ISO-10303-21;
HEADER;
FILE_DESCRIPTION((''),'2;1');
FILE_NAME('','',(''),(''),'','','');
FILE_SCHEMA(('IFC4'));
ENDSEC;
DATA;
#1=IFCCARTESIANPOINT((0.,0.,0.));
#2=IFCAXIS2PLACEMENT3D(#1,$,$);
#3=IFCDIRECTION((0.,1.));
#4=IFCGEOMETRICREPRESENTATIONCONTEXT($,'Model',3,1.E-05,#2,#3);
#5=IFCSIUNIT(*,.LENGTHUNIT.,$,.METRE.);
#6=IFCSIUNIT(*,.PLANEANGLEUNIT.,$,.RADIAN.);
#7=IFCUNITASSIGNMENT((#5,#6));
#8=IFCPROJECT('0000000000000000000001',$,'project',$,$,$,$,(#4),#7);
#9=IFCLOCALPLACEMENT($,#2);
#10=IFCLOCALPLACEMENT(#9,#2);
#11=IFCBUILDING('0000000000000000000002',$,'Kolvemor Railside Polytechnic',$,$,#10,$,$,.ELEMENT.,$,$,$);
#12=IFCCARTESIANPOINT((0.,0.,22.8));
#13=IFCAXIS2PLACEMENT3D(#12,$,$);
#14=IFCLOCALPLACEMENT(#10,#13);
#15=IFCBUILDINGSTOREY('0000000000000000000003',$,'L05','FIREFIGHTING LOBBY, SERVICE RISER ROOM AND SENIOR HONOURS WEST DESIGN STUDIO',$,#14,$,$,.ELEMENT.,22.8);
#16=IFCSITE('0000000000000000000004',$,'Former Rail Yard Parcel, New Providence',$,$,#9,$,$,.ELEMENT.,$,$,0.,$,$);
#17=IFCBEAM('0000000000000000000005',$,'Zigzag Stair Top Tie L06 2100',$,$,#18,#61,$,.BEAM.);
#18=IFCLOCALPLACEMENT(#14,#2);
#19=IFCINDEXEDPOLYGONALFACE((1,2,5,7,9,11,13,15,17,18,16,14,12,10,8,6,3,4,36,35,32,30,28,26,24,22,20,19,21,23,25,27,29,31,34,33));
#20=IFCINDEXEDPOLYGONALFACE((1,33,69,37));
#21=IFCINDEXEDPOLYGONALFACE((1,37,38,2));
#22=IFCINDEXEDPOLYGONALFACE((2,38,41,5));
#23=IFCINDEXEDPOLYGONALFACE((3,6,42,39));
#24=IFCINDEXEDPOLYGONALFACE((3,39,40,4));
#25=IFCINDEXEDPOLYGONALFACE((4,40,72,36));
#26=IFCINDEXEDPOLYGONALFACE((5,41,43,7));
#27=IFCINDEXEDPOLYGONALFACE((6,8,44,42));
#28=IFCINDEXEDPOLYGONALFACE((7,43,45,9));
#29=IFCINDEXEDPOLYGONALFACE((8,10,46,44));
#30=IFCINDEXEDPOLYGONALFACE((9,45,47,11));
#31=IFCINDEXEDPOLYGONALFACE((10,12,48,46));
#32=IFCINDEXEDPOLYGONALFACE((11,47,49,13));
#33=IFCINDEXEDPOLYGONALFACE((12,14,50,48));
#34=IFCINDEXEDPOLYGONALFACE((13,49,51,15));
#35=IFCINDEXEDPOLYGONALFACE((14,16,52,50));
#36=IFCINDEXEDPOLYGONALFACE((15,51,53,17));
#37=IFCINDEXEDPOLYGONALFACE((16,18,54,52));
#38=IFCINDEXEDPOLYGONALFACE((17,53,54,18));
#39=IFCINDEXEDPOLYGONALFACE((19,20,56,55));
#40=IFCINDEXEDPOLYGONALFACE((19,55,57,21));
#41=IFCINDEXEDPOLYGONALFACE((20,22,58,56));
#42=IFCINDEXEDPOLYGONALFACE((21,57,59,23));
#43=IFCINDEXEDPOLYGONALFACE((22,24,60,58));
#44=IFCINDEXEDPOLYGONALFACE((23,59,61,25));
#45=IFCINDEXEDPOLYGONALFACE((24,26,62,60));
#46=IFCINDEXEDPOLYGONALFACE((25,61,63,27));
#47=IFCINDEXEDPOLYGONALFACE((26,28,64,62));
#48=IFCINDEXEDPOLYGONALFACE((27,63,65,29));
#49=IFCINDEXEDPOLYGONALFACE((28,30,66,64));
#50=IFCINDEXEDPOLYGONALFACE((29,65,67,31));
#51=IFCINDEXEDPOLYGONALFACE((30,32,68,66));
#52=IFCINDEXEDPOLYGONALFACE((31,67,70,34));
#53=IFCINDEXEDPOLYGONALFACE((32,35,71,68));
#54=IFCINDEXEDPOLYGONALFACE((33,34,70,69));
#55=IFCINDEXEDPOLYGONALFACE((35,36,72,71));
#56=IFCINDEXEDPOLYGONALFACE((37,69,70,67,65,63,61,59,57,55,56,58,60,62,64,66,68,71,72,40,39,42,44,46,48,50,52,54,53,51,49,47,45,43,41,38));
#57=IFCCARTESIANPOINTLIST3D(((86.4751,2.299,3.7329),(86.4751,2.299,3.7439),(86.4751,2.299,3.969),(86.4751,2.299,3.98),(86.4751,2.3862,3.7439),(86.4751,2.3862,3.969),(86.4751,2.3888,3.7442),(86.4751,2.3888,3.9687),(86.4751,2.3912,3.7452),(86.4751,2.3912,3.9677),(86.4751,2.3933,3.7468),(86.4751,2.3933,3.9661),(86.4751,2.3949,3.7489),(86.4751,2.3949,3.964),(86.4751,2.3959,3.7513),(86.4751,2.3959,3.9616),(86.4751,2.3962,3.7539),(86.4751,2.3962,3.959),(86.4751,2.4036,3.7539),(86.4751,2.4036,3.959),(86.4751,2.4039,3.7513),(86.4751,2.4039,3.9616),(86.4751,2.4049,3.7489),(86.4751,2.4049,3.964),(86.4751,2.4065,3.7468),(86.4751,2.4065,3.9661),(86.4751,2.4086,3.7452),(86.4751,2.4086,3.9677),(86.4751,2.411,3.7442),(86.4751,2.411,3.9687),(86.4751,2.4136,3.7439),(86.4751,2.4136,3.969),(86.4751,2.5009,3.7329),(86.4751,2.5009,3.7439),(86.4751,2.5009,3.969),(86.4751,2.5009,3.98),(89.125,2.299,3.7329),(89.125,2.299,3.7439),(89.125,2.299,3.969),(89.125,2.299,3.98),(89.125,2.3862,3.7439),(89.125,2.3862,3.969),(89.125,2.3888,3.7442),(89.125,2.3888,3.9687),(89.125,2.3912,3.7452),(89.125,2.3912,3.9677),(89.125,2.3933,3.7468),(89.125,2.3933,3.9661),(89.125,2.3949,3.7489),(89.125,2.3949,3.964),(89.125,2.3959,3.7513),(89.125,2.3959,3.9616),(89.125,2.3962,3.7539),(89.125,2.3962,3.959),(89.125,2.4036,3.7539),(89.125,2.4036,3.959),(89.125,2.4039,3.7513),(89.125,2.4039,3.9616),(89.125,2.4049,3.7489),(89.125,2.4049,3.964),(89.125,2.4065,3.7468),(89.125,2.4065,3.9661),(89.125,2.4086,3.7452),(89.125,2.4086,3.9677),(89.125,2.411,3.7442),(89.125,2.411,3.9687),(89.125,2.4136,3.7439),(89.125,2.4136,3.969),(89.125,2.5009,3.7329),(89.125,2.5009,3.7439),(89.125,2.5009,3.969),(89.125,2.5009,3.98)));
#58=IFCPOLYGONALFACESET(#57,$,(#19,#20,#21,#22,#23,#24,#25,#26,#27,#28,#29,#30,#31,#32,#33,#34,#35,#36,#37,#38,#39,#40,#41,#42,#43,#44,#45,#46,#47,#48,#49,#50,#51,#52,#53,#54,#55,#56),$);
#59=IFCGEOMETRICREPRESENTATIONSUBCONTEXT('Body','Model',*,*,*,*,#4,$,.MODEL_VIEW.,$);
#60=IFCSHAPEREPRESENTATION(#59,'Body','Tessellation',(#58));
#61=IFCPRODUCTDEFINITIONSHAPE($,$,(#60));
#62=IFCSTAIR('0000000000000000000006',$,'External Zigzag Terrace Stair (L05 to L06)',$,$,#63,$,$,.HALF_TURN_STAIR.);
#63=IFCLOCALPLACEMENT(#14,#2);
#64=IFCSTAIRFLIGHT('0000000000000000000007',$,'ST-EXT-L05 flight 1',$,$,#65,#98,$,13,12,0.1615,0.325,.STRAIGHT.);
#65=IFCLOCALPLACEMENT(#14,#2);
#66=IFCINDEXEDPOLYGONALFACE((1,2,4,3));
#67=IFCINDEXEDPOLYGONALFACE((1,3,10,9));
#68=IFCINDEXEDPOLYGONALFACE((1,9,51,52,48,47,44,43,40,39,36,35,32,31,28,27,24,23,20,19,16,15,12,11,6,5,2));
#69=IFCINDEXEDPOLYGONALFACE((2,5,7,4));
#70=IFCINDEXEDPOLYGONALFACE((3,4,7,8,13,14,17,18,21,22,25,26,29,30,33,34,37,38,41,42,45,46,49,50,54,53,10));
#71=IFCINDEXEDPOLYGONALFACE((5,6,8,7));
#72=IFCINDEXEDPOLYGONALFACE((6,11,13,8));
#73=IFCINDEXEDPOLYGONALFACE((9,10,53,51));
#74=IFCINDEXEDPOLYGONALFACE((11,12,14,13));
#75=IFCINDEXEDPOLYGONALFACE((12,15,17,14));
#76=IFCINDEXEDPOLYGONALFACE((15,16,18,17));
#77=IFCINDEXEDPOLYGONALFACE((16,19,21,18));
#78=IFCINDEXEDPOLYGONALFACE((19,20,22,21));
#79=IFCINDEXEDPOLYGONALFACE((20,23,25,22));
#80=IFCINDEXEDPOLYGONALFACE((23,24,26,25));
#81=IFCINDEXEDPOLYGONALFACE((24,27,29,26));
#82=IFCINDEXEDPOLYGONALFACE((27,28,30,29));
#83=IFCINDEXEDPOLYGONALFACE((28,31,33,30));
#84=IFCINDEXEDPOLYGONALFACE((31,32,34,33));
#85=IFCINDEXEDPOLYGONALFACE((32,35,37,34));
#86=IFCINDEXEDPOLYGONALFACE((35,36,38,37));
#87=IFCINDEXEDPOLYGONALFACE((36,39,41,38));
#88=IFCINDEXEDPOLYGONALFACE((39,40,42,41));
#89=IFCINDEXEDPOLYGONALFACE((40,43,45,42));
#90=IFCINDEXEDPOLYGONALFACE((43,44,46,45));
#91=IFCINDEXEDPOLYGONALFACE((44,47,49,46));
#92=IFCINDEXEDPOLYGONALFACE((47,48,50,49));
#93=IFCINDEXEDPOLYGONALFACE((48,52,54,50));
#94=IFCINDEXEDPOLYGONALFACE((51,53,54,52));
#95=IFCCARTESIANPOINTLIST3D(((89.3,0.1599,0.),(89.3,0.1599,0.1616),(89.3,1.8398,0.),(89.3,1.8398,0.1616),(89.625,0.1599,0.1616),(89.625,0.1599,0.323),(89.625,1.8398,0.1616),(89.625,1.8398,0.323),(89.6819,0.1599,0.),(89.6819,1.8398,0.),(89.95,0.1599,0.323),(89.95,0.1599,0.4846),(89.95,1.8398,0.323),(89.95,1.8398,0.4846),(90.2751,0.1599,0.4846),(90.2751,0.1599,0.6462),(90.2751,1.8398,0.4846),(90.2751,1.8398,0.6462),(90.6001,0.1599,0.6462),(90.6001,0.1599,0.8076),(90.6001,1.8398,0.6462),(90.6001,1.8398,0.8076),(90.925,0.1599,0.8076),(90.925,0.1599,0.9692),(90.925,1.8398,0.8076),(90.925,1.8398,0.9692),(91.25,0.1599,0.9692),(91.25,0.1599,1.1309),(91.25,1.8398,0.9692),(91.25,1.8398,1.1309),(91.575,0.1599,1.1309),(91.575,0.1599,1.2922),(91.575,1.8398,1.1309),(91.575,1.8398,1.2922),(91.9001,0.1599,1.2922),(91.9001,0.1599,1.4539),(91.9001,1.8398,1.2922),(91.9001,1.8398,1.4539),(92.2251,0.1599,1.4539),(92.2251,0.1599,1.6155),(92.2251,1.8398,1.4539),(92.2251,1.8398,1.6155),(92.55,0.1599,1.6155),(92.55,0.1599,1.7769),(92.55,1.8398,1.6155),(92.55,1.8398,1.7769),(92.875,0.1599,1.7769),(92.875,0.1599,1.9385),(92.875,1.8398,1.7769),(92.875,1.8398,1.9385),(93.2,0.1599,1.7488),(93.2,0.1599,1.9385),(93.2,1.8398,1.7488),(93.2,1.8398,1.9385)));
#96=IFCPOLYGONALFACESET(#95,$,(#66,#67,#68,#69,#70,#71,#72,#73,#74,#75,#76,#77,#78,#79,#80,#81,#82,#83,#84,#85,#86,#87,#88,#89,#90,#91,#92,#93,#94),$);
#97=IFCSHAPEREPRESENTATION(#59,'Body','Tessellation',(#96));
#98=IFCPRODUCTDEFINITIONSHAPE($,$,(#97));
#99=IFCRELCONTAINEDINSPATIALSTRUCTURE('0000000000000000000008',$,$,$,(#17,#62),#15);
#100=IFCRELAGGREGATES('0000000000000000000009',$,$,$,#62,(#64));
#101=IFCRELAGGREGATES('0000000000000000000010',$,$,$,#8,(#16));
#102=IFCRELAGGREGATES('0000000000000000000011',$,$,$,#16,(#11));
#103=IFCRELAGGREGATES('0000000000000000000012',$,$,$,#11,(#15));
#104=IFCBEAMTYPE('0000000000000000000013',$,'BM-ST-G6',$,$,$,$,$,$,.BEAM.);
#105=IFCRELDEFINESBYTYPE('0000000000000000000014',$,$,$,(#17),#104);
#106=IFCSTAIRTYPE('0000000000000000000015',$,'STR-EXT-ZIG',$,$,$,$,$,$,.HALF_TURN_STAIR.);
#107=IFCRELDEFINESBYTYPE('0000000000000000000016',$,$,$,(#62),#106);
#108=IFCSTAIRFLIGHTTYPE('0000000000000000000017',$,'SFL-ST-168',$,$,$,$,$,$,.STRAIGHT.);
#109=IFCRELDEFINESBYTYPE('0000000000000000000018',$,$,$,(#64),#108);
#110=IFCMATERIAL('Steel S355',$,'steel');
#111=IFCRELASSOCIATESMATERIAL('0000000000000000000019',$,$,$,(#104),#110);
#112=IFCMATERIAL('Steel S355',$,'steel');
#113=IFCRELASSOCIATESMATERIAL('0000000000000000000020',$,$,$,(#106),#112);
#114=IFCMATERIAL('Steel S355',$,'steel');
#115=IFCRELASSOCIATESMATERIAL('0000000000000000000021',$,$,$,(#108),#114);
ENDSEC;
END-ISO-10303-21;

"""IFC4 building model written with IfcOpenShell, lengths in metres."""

from ifc_helpers import new_model, si_unit, direction, frame, origin, origin_2d, place, context, subcontext, project, spatial, polyline, i_section, outline, extrude, material, material_profile, profile_set, type_object, element, aggregate, save


model = new_model("IFC4")

# Units and contexts
model_context = context("Model", 3, precision=1e-05, world=origin(), true_north=direction((0.0, 1.0)))
body_context = subcontext(model_context, "Body", "Model", "MODEL_VIEW")
ifc_project = project(units=[si_unit("LENGTHUNIT", "METRE"), si_unit("PLANEANGLEUNIT", "RADIAN")], contexts=[model_context])

# Site, building, storey
site_placement = place(None, origin())
site = spatial("IfcSite", under=ifc_project, at=site_placement, Name="Former Rail Yard Parcel, New Providence", CompositionType="ELEMENT", RefElevation=0.0)
building_placement = place(site_placement, origin())
building = spatial("IfcBuilding", under=site, at=building_placement, Name="Kolvemor Railside Polytechnic", CompositionType="ELEMENT")
storey_placement = place(building_placement, frame((0.0, 0.0, 22.8)))
storey = spatial("IfcBuildingStorey", under=building, at=storey_placement, Name="L05", Description="FIREFIGHTING LOBBY, SERVICE RISER ROOM AND SENIOR HONOURS WEST DESIGN STUDIO", CompositionType="ELEMENT", Elevation=22.8)

# Beam
ifc_material_1 = material(Name="Steel S355", Category="steel")
ifc_material_profile_1 = material_profile(ifc_material_1, i_section(OverallWidth=0.2019, OverallDepth=0.2471, WebThickness=0.0073, FlangeThickness=0.011, FilletRadius=0.01, at=origin_2d()), Name="W250x49")
ifc_profile_set_1 = profile_set([ifc_material_profile_1], Name="Steel S355")
beam_type_1 = type_object("IfcBeamType", Name="BM-ST-G6", PredefinedType="BEAM", material=ifc_profile_set_1)
for number, where, z_axis, x_axis, name in (
    (1, (86.4751, 2.3999, 3.8564), (1.0, 0.0, 0.0), (0.0, 1.0, 0.0), "Zigzag Stair Top Tie L06 2100"),
):
    element("IfcBeam", number, at=place(storey_placement, frame(where, z_axis=z_axis, x_axis=x_axis)), inside=storey, type_object=beam_type_1, Name=name, PredefinedType="BEAM", context=body_context, shape_type="SweptSolid", body=[
        extrude(i_section(OverallWidth=0.2019, OverallDepth=0.2471, WebThickness=0.0073, FlangeThickness=0.011, FilletRadius=0.01, at=origin_2d()), origin(), (0.0, 0.0, 1.0), 2.6499),
    ])

# Stair, stair flight
ifc_material_2 = material(Name="Steel S355", Category="steel")
stair_type = type_object("IfcStairType", Name="STR-EXT-ZIG", PredefinedType="HALF_TURN_STAIR", material=ifc_material_2)
stair_placement = place(storey_placement, origin())
stair = element("IfcStair", 2, at=stair_placement, inside=storey, type_object=stair_type, Name="External Zigzag Terrace Stair (L05 to L06)", PredefinedType="HALF_TURN_STAIR")
ifc_material_3 = material(Name="Steel S355", Category="steel")
stair_flight_type = type_object("IfcStairFlightType", Name="SFL-ST-168", PredefinedType="STRAIGHT", material=ifc_material_3)
stair_flight_placement = place(storey_placement, frame((89.3, 1.0, 0.0), z_axis=(0.0, 0.0, 1.0), x_axis=(1.0, 0.0, 0.0)))
stair_flight = element("IfcStairFlight", 3, at=stair_flight_placement, type_object=stair_flight_type, Name="ST-EXT-L05 flight 1", NumberOfRisers=13, NumberOfTreads=12, PredefinedType="STRAIGHT", RiserHeight=0.1615, TreadLength=0.325, context=body_context, shape_type="SweptSolid", body=[
    extrude(outline(polyline([(0.0, 0.0), (0.0, 0.1616), (0.325, 0.1616), (0.325, 0.323), (0.6499, 0.323), (0.6499, 0.4846), (0.9751, 0.4846), (0.9751, 0.6462), (1.3, 0.6462), (1.3, 0.8076), (1.625, 0.8076), (1.625, 0.9692), (1.95, 0.9692), (1.95, 1.1309), (2.2749, 1.1309), (2.2749, 1.2922), (2.6001, 1.2922), (2.6001, 1.4539), (2.925, 1.4539), (2.925, 1.6155), (3.25, 1.6155), (3.25, 1.7769), (3.575, 1.7769), (3.575, 1.9385), (3.8999, 1.9385), (3.8999, 2.1001), (3.8999, 1.7488), (0.3818, 0.0), (0.0, 0.0)])), frame((0.0, 0.8398, 0.0), z_axis=(0.0, -1.0, 0.0), x_axis=(1.0, 0.0, 0.0)), (0.0, 0.0, 1.0), 1.6799),
])
aggregate(stair, [stair_flight])

save(model, "model.ifc")
